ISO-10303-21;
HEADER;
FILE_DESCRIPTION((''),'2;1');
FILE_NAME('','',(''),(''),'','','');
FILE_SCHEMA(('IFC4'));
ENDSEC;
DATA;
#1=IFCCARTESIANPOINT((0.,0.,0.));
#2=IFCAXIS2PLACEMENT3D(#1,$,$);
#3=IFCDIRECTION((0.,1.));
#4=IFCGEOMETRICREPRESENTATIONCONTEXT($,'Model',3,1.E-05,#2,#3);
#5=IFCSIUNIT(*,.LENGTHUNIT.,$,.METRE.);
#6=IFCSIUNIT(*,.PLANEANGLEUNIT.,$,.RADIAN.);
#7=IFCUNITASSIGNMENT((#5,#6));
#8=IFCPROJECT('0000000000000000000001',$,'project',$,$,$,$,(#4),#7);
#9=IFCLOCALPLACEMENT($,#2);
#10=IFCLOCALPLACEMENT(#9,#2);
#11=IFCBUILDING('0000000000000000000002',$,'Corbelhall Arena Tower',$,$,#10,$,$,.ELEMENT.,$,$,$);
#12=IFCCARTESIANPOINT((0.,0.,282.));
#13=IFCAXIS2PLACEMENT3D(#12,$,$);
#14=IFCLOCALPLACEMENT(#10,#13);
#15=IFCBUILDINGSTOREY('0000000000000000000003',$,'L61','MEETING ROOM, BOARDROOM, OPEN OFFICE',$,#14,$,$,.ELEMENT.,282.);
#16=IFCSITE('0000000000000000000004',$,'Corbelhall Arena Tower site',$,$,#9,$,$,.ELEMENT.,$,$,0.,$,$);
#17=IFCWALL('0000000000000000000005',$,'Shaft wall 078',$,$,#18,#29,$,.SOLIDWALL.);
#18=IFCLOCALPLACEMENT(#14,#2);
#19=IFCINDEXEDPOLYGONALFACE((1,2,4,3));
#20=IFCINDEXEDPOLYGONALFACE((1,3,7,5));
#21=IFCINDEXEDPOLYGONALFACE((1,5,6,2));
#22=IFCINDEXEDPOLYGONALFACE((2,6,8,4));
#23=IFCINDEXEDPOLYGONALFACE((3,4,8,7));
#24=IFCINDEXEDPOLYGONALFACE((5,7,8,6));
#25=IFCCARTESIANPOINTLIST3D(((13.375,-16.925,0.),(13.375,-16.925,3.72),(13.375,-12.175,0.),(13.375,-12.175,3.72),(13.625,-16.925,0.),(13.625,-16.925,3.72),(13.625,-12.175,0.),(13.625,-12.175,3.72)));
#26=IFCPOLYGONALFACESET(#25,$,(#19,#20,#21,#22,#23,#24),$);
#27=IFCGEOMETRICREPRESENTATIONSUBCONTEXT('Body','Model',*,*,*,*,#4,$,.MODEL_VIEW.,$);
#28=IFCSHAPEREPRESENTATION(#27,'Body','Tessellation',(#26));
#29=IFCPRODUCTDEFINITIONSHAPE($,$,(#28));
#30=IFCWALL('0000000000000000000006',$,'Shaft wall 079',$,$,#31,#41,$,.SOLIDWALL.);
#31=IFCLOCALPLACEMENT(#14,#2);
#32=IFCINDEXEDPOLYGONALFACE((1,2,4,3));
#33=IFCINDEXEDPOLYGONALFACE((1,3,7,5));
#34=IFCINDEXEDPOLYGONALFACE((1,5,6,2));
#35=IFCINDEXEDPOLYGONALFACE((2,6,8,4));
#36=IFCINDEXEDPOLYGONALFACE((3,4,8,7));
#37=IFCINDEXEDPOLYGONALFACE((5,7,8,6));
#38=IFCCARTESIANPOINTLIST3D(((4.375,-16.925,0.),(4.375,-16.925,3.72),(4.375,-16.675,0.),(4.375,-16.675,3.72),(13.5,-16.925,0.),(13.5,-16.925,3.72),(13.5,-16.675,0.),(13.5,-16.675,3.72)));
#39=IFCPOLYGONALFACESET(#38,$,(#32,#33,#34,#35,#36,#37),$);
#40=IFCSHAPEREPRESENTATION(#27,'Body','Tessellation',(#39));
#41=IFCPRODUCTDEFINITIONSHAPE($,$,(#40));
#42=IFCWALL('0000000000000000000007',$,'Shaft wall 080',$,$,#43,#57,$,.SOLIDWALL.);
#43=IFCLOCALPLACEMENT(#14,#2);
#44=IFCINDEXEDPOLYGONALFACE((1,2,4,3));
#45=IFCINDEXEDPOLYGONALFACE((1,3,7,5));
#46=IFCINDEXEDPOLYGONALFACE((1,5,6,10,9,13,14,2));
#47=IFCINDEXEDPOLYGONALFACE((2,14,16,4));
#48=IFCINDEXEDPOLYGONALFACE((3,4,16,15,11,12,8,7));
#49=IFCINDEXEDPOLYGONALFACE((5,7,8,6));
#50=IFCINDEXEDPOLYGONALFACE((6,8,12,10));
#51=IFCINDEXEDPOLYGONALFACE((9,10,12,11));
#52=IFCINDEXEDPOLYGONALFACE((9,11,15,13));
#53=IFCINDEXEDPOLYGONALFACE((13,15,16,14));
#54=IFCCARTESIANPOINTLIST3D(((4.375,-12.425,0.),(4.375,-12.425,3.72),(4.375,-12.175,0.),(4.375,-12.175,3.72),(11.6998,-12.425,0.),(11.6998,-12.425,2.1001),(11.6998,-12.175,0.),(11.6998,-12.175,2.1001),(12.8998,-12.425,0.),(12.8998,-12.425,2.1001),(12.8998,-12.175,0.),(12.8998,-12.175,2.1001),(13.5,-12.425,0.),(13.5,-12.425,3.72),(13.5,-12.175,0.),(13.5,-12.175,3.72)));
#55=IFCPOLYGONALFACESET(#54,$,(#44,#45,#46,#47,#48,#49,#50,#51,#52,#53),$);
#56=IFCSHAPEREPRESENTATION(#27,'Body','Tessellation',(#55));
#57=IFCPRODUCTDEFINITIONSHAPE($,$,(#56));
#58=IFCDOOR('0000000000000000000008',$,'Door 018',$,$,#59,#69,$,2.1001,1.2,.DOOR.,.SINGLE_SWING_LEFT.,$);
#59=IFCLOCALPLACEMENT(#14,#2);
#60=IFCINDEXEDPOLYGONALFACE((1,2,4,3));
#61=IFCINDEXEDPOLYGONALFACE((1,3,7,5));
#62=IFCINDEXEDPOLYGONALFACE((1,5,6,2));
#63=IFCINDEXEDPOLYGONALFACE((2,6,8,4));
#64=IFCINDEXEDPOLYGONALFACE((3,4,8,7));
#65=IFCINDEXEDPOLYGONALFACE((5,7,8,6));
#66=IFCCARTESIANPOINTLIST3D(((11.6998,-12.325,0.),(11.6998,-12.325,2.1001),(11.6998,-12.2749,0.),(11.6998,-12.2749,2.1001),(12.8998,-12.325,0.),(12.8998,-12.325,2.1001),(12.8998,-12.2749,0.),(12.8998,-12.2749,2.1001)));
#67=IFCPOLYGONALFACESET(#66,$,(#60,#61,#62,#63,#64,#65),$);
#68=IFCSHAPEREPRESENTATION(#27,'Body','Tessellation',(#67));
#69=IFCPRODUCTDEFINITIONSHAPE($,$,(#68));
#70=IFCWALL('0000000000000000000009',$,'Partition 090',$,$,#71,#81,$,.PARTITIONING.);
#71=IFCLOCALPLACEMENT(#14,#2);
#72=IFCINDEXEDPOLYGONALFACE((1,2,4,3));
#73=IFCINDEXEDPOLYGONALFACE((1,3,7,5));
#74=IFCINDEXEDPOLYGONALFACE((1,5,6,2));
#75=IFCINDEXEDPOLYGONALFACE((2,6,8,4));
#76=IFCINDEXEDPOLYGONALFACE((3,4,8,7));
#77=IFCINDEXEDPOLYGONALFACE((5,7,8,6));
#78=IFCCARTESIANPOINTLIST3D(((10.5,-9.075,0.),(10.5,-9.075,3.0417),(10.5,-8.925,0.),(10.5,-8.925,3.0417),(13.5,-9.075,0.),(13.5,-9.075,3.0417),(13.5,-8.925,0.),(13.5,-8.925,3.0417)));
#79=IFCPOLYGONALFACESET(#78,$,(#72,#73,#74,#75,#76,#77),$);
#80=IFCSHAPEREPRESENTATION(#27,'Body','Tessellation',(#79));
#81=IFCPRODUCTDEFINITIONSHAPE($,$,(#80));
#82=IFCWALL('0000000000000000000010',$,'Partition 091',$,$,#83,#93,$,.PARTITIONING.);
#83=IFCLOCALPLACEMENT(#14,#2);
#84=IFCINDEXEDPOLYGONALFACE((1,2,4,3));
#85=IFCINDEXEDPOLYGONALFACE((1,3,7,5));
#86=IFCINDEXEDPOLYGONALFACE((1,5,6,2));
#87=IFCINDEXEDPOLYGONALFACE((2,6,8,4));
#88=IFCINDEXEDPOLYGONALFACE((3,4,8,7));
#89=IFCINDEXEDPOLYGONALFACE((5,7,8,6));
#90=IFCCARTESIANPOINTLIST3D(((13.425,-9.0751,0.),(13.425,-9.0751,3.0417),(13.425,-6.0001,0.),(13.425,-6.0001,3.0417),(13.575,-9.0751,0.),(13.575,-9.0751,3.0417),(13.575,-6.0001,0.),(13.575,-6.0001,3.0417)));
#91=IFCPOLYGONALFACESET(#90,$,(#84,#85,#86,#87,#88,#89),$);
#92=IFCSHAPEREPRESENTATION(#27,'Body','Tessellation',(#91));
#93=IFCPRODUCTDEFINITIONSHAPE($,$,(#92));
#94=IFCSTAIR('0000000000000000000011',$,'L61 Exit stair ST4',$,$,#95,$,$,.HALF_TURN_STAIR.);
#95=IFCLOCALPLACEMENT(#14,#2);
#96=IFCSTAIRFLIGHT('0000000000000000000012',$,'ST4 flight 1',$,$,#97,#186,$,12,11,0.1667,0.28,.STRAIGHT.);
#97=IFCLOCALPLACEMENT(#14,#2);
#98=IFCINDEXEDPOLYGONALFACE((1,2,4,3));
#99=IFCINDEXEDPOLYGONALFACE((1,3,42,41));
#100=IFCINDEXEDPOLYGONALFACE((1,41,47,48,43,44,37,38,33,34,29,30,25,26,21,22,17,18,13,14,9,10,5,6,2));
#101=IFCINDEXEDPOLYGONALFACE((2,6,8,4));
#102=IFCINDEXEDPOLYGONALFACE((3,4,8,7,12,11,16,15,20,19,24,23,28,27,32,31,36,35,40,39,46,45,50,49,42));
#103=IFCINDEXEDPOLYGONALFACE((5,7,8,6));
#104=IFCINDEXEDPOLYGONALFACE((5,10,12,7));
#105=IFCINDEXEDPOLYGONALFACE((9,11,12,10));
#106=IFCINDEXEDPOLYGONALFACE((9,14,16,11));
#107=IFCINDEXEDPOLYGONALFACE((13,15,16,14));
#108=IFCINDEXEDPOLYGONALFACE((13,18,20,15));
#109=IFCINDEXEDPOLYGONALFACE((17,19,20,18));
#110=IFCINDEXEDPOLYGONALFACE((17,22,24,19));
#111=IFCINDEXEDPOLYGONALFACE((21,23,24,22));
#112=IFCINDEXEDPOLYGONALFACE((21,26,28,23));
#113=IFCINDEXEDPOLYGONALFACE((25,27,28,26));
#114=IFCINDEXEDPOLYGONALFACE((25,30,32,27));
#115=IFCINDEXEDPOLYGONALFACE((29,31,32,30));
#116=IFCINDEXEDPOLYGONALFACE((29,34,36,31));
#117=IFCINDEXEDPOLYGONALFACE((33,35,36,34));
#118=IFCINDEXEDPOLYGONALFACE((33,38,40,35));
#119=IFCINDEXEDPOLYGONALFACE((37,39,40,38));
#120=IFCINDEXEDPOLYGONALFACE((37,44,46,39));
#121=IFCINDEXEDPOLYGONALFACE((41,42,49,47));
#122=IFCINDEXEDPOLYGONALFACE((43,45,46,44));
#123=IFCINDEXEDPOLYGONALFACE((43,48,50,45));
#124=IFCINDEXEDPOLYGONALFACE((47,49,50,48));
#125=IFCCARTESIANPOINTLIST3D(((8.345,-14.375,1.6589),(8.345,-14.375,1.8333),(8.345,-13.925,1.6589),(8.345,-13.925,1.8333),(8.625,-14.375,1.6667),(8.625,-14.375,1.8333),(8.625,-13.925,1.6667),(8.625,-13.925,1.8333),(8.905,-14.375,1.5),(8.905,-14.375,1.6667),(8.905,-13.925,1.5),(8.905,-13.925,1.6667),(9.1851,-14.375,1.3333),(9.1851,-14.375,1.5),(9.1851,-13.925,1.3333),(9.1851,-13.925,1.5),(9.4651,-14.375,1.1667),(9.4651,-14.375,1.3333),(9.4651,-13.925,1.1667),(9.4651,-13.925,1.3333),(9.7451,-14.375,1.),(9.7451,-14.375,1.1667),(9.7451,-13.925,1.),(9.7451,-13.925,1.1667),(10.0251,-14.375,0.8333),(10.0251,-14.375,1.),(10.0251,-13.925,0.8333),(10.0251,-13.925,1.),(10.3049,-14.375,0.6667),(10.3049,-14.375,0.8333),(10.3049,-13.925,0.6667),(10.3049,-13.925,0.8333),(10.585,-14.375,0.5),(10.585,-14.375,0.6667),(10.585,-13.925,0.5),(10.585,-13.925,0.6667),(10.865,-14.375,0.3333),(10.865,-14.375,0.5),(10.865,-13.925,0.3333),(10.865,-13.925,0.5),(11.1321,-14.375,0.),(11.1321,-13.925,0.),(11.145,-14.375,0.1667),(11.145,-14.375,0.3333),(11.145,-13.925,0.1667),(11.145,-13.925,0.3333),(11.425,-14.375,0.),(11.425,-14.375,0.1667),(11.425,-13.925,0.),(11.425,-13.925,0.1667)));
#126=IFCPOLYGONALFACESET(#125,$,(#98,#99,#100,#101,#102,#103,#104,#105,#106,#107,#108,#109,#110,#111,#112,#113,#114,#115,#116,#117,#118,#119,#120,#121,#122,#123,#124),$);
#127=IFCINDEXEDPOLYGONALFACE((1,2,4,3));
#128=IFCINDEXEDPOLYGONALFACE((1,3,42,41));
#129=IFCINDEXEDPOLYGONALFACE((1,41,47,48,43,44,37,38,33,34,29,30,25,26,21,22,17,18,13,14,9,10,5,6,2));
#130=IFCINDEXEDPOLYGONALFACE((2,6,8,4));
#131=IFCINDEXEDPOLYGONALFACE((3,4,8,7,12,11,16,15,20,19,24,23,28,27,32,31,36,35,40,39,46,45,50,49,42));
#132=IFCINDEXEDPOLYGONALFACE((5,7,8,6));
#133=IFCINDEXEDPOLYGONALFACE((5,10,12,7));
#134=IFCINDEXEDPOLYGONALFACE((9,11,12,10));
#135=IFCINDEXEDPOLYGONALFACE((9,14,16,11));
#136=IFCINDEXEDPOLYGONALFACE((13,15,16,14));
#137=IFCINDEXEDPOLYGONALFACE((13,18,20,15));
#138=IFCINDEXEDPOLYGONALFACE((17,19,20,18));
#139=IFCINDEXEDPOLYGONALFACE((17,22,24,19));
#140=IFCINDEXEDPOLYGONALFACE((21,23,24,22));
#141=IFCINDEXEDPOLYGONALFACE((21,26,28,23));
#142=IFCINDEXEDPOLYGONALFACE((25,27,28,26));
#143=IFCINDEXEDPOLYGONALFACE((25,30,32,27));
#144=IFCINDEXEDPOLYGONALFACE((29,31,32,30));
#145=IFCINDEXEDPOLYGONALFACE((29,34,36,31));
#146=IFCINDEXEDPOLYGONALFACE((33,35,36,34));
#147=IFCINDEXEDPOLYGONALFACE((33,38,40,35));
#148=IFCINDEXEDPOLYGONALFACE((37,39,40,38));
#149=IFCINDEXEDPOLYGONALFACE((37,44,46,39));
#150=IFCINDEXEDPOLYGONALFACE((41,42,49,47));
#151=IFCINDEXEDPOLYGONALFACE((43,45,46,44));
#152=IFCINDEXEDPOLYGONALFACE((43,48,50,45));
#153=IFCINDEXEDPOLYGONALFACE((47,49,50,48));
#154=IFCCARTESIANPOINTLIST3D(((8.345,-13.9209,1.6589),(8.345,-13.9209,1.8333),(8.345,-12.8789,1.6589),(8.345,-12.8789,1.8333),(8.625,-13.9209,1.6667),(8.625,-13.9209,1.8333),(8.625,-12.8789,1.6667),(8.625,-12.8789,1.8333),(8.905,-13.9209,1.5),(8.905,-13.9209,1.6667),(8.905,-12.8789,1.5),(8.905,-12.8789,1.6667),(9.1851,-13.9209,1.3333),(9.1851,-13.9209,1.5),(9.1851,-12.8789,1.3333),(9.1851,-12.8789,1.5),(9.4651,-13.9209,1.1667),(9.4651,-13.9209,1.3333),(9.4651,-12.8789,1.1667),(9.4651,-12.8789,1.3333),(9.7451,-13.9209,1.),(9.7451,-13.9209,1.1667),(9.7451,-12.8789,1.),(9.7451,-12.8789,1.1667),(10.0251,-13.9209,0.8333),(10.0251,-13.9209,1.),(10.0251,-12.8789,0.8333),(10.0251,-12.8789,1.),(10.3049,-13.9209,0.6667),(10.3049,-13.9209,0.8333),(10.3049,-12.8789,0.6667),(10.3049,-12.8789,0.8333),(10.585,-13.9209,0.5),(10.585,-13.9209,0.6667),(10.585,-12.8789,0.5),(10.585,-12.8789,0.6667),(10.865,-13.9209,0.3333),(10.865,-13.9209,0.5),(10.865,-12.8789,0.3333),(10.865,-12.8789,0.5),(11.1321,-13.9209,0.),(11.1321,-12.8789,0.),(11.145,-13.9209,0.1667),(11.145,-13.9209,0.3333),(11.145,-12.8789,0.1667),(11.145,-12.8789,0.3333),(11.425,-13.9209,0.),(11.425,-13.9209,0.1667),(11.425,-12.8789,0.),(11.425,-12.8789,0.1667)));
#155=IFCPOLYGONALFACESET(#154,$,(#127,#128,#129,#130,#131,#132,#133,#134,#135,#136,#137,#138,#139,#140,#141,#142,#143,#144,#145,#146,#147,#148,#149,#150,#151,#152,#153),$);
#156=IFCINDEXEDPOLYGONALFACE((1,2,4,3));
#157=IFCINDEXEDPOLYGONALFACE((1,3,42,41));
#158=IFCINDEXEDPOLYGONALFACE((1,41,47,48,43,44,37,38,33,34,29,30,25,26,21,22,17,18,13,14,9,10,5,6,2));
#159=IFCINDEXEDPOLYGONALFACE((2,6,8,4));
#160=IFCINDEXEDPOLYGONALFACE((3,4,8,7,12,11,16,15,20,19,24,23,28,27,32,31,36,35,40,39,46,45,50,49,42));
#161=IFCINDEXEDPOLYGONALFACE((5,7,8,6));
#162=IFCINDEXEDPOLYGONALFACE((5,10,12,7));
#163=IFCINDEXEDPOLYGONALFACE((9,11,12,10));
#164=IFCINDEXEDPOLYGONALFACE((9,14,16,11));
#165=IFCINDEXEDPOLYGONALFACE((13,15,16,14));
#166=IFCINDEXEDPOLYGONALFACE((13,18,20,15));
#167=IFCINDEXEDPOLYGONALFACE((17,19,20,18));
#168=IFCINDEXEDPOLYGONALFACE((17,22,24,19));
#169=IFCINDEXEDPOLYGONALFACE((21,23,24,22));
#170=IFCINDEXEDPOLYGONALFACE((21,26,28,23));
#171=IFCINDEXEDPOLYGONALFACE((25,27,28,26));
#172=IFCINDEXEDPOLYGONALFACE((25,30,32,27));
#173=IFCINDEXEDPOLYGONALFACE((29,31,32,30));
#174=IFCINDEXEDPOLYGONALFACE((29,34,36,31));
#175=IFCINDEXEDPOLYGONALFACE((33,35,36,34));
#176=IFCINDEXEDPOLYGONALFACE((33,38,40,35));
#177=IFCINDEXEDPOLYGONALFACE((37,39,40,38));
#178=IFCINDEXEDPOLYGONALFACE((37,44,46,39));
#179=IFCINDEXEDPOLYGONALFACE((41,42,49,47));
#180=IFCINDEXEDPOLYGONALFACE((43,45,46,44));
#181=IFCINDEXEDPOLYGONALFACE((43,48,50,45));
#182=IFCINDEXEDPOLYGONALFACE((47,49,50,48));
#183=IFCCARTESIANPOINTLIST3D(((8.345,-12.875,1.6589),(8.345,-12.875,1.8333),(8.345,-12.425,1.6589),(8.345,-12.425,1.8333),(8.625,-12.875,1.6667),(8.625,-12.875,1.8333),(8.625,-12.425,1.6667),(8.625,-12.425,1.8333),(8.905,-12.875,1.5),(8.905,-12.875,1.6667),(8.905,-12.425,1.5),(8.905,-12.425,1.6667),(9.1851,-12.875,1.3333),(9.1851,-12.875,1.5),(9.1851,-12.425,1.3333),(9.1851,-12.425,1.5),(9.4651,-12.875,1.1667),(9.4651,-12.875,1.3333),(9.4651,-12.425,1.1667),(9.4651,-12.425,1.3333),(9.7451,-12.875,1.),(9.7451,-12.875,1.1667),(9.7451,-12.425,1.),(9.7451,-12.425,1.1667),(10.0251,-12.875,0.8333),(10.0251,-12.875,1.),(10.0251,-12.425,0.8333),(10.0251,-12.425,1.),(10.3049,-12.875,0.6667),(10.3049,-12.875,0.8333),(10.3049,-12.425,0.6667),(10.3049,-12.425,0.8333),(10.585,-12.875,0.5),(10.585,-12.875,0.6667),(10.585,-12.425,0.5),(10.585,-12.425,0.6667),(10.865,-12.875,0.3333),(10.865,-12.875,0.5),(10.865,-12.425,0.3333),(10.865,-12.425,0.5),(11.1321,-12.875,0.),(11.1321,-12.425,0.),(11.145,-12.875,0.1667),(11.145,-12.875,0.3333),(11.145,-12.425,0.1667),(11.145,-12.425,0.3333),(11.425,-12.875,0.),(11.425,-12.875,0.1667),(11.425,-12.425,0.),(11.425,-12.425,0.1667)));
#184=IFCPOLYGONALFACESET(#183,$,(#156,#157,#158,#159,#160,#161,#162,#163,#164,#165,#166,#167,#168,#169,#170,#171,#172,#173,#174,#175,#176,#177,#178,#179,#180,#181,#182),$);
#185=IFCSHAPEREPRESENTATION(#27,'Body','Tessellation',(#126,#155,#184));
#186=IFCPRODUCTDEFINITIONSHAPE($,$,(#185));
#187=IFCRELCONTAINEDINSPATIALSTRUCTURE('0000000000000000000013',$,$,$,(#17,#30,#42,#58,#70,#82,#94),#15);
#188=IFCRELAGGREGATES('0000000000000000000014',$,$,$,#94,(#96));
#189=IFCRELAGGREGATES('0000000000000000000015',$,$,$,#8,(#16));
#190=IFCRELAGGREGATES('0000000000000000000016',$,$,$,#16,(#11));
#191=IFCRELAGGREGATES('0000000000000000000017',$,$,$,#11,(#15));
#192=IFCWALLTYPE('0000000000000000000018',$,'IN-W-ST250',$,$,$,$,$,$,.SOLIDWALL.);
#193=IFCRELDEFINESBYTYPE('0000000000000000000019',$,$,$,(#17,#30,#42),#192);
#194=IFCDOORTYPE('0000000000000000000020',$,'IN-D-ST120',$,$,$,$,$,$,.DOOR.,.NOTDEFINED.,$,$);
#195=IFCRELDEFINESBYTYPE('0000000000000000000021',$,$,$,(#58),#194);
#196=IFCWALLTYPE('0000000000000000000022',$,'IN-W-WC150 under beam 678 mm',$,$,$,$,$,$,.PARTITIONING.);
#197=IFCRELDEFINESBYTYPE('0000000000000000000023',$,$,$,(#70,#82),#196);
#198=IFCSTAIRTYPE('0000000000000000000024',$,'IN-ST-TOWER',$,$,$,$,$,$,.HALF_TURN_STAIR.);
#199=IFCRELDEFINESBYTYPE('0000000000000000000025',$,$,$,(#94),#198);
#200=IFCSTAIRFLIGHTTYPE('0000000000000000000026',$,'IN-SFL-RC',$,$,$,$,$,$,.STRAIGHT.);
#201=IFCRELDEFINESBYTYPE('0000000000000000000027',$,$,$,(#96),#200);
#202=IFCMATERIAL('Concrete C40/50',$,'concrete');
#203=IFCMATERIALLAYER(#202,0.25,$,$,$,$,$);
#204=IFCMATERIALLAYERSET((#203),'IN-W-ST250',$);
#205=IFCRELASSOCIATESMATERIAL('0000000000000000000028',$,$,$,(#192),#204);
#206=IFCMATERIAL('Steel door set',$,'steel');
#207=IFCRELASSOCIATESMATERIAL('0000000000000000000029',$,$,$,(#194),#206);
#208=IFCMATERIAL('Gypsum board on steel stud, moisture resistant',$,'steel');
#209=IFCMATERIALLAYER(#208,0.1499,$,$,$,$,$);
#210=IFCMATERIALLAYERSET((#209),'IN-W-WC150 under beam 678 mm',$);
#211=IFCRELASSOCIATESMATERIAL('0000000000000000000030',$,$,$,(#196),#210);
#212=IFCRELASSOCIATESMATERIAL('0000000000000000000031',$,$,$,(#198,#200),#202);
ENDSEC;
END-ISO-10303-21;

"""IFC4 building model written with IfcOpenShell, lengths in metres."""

from ifc_helpers import new_model, si_unit, direction, frame, frame_2d, origin, place, context, subcontext, project, spatial, polyline, rectangle, outline, extrude, material, layer, layer_set, type_object, element, fill, aggregate, save


model = new_model("IFC4")

# Units and contexts
model_context = context("Model", 3, precision=1e-05, world=origin(), true_north=direction((0.0, 1.0)))
body_context = subcontext(model_context, "Body", "Model", "MODEL_VIEW")
ifc_project = project(units=[si_unit("LENGTHUNIT", "METRE"), si_unit("PLANEANGLEUNIT", "RADIAN")], contexts=[model_context])

# Site, building, storey
site_placement = place(None, origin())
site = spatial("IfcSite", under=ifc_project, at=site_placement, Name="Corbelhall Arena Tower site", CompositionType="ELEMENT", RefElevation=0.0)
building_placement = place(site_placement, origin())
building = spatial("IfcBuilding", under=site, at=building_placement, Name="Corbelhall Arena Tower", CompositionType="ELEMENT")
storey_placement = place(building_placement, frame((0.0, 0.0, 282.0)))
storey = spatial("IfcBuildingStorey", under=building, at=storey_placement, Name="L61", Description="MEETING ROOM, BOARDROOM, OPEN OFFICE", CompositionType="ELEMENT", Elevation=282.0)

# Shared definitions
ifc_material_1 = material(Name="Steel door set", Category="steel")

# Walls
ifc_material_2 = material(Name="Concrete C40/50", Category="concrete")
ifc_layer_1 = layer(ifc_material_2, 0.25)
ifc_layer_set_1 = layer_set([ifc_layer_1], Name="IN-W-ST250")
wall_type_1 = type_object("IfcWallType", Name="IN-W-ST250", PredefinedType="SOLIDWALL", material=ifc_layer_set_1)
wall_1_placement = place(storey_placement, frame((13.5, -16.925, 0.0), z_axis=(0.0, 0.0, 1.0), x_axis=(0.0, 1.0, 0.0)))
element("IfcWall", 1, at=wall_1_placement, inside=storey, type_object=wall_type_1, Name="Shaft wall 078", PredefinedType="SOLIDWALL", context=body_context, shape_type="SweptSolid", body=[
    extrude(rectangle(XDim=4.75, YDim=0.25, at=frame_2d((2.375, 0.0))), origin(), (0.0, 0.0, 1.0), 3.72),
])
wall_2_placement = place(storey_placement, frame((13.5, -16.8, 0.0), z_axis=(0.0, 0.0, 1.0), x_axis=(-1.0, 0.0, 0.0)))
element("IfcWall", 2, at=wall_2_placement, inside=storey, type_object=wall_type_1, Name="Shaft wall 079", PredefinedType="SOLIDWALL", context=body_context, shape_type="SweptSolid", body=[
    extrude(rectangle(XDim=9.125, YDim=0.25, at=frame_2d((4.5625, 0.0))), origin(), (0.0, 0.0, 1.0), 3.72),
])

# Wall, opening, door
wall_3_placement = place(storey_placement, frame((13.5, -12.3, 0.0), z_axis=(0.0, 0.0, 1.0), x_axis=(-1.0, 0.0, 0.0)))
wall_3 = element("IfcWall", 3, at=wall_3_placement, inside=storey, type_object=wall_type_1, Name="Shaft wall 080", PredefinedType="SOLIDWALL", context=body_context, shape_type="SweptSolid", body=[
    extrude(rectangle(XDim=9.125, YDim=0.25, at=frame_2d((4.5625, 0.0))), origin(), (0.0, 0.0, 1.0), 3.72),
])
opening_1_placement = place(wall_3_placement, frame((0.6001, 0.0, 0.0)))
opening_1 = element("IfcOpeningElement", 4, at=opening_1_placement, cuts=wall_3, PredefinedType="OPENING", context=body_context, shape_type="SweptSolid", body=[
    extrude(rectangle(XDim=1.2, YDim=2.1001, at=frame_2d((0.6001, 1.05))), frame((0.0, 0.125, 0.0), z_axis=(0.0, -1.0, 0.0), x_axis=(1.0, 0.0, 0.0)), (0.0, 0.0, 1.0), 0.25),
])
door_type_1 = type_object("IfcDoorType", Name="IN-D-ST120", OperationType="NOTDEFINED", PredefinedType="DOOR", material=ifc_material_1)
door_1_placement = place(opening_1_placement, origin())
door_1 = element("IfcDoor", 5, at=door_1_placement, inside=storey, type_object=door_type_1, Name="Door 018", OperationType="SINGLE_SWING_LEFT", OverallHeight=2.1001, OverallWidth=1.2, PredefinedType="DOOR", context=body_context, shape_type="SweptSolid", body=[
    extrude(rectangle(XDim=1.2, YDim=2.1001, at=frame_2d((0.6001, 1.05))), frame((0.0, 0.0249, 0.0), z_axis=(0.0, -1.0, 0.0), x_axis=(1.0, 0.0, 0.0)), (0.0, 0.0, 1.0), 0.05),
])
fill(opening_1, door_1)

# Walls
ifc_material_3 = material(Name="Gypsum board on steel stud, moisture resistant", Category="steel")
ifc_layer_2 = layer(ifc_material_3, 0.1499)
ifc_layer_set_2 = layer_set([ifc_layer_2], Name="IN-W-WC150 under beam 678 mm")
wall_type_2 = type_object("IfcWallType", Name="IN-W-WC150 under beam 678 mm", PredefinedType="PARTITIONING", material=ifc_layer_set_2)
wall_4_placement = place(storey_placement, frame((13.5, -9.0, 0.0), z_axis=(0.0, 0.0, 1.0), x_axis=(-1.0, 0.0, 0.0)))
element("IfcWall", 6, at=wall_4_placement, inside=storey, type_object=wall_type_2, Name="Partition 090", PredefinedType="PARTITIONING", context=body_context, shape_type="SweptSolid", body=[
    extrude(rectangle(XDim=3.0, YDim=0.1499, at=frame_2d((1.5, 0.0))), origin(), (0.0, 0.0, 1.0), 3.0417),
])
wall_5_placement = place(storey_placement, frame((13.5, -6.0, 0.0), z_axis=(0.0, 0.0, 1.0), x_axis=(0.0, -1.0, 0.0)))
element("IfcWall", 7, at=wall_5_placement, inside=storey, type_object=wall_type_2, Name="Partition 091", PredefinedType="PARTITIONING", context=body_context, shape_type="SweptSolid", body=[
    extrude(rectangle(XDim=3.075, YDim=0.1499, at=frame_2d((1.5376, 0.0))), origin(), (0.0, 0.0, 1.0), 3.0417),
])

# Stair, stair flight
stair_type = type_object("IfcStairType", Name="IN-ST-TOWER", PredefinedType="HALF_TURN_STAIR", material=ifc_material_2)
stair_placement = place(storey_placement, origin())
stair = element("IfcStair", 8, at=stair_placement, inside=storey, type_object=stair_type, Name="L61 Exit stair ST4", PredefinedType="HALF_TURN_STAIR")
stair_flight_type = type_object("IfcStairFlightType", Name="IN-SFL-RC", PredefinedType="STRAIGHT", material=ifc_material_2)
stair_flight_placement = place(storey_placement, frame((11.425, -13.3999, 0.0), z_axis=(0.0, 0.0, 1.0), x_axis=(-1.0, 0.0, 0.0)))
stair_flight = element("IfcStairFlight", 9, at=stair_flight_placement, type_object=stair_flight_type, Name="ST4 flight 1", NumberOfRisers=12, NumberOfTreads=11, PredefinedType="STRAIGHT", RiserHeight=0.1667, TreadLength=0.28, context=body_context, shape_type="SweptSolid", body=[
    extrude(outline(polyline([(0.0, 0.0), (0.0, 0.1667), (0.28, 0.1667), (0.28, 0.3333), (0.5601, 0.3333), (0.5601, 0.5), (0.8401, 0.5), (0.8401, 0.6667), (1.1201, 0.6667), (1.1201, 0.8333), (1.3999, 0.8333), (1.3999, 1.0), (1.6799, 1.0), (1.6799, 1.1667), (1.96, 1.1667), (1.96, 1.3333), (2.24, 1.3333), (2.24, 1.5), (2.52, 1.5), (2.52, 1.6667), (2.8, 1.6667), (2.8, 1.8333), (3.0801, 1.8333), (3.0801, 2.0), (3.0801, 1.6589), (0.293, 0.0), (0.0, 0.0)])), frame((0.0, 0.9751, 0.0), z_axis=(0.0, -1.0, 0.0), x_axis=(1.0, 0.0, 0.0)), (0.0, 0.0, 1.0), 0.45),
    extrude(outline(polyline([(0.0, 0.0), (0.0, 0.1667), (0.28, 0.1667), (0.28, 0.3333), (0.5601, 0.3333), (0.5601, 0.5), (0.8401, 0.5), (0.8401, 0.6667), (1.1201, 0.6667), (1.1201, 0.8333), (1.3999, 0.8333), (1.3999, 1.0), (1.6799, 1.0), (1.6799, 1.1667), (1.96, 1.1667), (1.96, 1.3333), (2.24, 1.3333), (2.24, 1.5), (2.52, 1.5), (2.52, 1.6667), (2.8, 1.6667), (2.8, 1.8333), (3.0801, 1.8333), (3.0801, 2.0), (3.0801, 1.6589), (0.293, 0.0), (0.0, 0.0)])), frame((0.0, 0.521, 0.0), z_axis=(0.0, -1.0, 0.0), x_axis=(1.0, 0.0, 0.0)), (0.0, 0.0, 1.0), 1.042),
    extrude(outline(polyline([(0.0, 0.0), (0.0, 0.1667), (0.28, 0.1667), (0.28, 0.3333), (0.5601, 0.3333), (0.5601, 0.5), (0.8401, 0.5), (0.8401, 0.6667), (1.1201, 0.6667), (1.1201, 0.8333), (1.3999, 0.8333), (1.3999, 1.0), (1.6799, 1.0), (1.6799, 1.1667), (1.96, 1.1667), (1.96, 1.3333), (2.24, 1.3333), (2.24, 1.5), (2.52, 1.5), (2.52, 1.6667), (2.8, 1.6667), (2.8, 1.8333), (3.0801, 1.8333), (3.0801, 2.0), (3.0801, 1.6589), (0.293, 0.0), (0.0, 0.0)])), frame((0.0, -0.5249, 0.0), z_axis=(0.0, -1.0, 0.0), x_axis=(1.0, 0.0, 0.0)), (0.0, 0.0, 1.0), 0.45),
])
aggregate(stair, [stair_flight])

save(model, "model.ifc")
